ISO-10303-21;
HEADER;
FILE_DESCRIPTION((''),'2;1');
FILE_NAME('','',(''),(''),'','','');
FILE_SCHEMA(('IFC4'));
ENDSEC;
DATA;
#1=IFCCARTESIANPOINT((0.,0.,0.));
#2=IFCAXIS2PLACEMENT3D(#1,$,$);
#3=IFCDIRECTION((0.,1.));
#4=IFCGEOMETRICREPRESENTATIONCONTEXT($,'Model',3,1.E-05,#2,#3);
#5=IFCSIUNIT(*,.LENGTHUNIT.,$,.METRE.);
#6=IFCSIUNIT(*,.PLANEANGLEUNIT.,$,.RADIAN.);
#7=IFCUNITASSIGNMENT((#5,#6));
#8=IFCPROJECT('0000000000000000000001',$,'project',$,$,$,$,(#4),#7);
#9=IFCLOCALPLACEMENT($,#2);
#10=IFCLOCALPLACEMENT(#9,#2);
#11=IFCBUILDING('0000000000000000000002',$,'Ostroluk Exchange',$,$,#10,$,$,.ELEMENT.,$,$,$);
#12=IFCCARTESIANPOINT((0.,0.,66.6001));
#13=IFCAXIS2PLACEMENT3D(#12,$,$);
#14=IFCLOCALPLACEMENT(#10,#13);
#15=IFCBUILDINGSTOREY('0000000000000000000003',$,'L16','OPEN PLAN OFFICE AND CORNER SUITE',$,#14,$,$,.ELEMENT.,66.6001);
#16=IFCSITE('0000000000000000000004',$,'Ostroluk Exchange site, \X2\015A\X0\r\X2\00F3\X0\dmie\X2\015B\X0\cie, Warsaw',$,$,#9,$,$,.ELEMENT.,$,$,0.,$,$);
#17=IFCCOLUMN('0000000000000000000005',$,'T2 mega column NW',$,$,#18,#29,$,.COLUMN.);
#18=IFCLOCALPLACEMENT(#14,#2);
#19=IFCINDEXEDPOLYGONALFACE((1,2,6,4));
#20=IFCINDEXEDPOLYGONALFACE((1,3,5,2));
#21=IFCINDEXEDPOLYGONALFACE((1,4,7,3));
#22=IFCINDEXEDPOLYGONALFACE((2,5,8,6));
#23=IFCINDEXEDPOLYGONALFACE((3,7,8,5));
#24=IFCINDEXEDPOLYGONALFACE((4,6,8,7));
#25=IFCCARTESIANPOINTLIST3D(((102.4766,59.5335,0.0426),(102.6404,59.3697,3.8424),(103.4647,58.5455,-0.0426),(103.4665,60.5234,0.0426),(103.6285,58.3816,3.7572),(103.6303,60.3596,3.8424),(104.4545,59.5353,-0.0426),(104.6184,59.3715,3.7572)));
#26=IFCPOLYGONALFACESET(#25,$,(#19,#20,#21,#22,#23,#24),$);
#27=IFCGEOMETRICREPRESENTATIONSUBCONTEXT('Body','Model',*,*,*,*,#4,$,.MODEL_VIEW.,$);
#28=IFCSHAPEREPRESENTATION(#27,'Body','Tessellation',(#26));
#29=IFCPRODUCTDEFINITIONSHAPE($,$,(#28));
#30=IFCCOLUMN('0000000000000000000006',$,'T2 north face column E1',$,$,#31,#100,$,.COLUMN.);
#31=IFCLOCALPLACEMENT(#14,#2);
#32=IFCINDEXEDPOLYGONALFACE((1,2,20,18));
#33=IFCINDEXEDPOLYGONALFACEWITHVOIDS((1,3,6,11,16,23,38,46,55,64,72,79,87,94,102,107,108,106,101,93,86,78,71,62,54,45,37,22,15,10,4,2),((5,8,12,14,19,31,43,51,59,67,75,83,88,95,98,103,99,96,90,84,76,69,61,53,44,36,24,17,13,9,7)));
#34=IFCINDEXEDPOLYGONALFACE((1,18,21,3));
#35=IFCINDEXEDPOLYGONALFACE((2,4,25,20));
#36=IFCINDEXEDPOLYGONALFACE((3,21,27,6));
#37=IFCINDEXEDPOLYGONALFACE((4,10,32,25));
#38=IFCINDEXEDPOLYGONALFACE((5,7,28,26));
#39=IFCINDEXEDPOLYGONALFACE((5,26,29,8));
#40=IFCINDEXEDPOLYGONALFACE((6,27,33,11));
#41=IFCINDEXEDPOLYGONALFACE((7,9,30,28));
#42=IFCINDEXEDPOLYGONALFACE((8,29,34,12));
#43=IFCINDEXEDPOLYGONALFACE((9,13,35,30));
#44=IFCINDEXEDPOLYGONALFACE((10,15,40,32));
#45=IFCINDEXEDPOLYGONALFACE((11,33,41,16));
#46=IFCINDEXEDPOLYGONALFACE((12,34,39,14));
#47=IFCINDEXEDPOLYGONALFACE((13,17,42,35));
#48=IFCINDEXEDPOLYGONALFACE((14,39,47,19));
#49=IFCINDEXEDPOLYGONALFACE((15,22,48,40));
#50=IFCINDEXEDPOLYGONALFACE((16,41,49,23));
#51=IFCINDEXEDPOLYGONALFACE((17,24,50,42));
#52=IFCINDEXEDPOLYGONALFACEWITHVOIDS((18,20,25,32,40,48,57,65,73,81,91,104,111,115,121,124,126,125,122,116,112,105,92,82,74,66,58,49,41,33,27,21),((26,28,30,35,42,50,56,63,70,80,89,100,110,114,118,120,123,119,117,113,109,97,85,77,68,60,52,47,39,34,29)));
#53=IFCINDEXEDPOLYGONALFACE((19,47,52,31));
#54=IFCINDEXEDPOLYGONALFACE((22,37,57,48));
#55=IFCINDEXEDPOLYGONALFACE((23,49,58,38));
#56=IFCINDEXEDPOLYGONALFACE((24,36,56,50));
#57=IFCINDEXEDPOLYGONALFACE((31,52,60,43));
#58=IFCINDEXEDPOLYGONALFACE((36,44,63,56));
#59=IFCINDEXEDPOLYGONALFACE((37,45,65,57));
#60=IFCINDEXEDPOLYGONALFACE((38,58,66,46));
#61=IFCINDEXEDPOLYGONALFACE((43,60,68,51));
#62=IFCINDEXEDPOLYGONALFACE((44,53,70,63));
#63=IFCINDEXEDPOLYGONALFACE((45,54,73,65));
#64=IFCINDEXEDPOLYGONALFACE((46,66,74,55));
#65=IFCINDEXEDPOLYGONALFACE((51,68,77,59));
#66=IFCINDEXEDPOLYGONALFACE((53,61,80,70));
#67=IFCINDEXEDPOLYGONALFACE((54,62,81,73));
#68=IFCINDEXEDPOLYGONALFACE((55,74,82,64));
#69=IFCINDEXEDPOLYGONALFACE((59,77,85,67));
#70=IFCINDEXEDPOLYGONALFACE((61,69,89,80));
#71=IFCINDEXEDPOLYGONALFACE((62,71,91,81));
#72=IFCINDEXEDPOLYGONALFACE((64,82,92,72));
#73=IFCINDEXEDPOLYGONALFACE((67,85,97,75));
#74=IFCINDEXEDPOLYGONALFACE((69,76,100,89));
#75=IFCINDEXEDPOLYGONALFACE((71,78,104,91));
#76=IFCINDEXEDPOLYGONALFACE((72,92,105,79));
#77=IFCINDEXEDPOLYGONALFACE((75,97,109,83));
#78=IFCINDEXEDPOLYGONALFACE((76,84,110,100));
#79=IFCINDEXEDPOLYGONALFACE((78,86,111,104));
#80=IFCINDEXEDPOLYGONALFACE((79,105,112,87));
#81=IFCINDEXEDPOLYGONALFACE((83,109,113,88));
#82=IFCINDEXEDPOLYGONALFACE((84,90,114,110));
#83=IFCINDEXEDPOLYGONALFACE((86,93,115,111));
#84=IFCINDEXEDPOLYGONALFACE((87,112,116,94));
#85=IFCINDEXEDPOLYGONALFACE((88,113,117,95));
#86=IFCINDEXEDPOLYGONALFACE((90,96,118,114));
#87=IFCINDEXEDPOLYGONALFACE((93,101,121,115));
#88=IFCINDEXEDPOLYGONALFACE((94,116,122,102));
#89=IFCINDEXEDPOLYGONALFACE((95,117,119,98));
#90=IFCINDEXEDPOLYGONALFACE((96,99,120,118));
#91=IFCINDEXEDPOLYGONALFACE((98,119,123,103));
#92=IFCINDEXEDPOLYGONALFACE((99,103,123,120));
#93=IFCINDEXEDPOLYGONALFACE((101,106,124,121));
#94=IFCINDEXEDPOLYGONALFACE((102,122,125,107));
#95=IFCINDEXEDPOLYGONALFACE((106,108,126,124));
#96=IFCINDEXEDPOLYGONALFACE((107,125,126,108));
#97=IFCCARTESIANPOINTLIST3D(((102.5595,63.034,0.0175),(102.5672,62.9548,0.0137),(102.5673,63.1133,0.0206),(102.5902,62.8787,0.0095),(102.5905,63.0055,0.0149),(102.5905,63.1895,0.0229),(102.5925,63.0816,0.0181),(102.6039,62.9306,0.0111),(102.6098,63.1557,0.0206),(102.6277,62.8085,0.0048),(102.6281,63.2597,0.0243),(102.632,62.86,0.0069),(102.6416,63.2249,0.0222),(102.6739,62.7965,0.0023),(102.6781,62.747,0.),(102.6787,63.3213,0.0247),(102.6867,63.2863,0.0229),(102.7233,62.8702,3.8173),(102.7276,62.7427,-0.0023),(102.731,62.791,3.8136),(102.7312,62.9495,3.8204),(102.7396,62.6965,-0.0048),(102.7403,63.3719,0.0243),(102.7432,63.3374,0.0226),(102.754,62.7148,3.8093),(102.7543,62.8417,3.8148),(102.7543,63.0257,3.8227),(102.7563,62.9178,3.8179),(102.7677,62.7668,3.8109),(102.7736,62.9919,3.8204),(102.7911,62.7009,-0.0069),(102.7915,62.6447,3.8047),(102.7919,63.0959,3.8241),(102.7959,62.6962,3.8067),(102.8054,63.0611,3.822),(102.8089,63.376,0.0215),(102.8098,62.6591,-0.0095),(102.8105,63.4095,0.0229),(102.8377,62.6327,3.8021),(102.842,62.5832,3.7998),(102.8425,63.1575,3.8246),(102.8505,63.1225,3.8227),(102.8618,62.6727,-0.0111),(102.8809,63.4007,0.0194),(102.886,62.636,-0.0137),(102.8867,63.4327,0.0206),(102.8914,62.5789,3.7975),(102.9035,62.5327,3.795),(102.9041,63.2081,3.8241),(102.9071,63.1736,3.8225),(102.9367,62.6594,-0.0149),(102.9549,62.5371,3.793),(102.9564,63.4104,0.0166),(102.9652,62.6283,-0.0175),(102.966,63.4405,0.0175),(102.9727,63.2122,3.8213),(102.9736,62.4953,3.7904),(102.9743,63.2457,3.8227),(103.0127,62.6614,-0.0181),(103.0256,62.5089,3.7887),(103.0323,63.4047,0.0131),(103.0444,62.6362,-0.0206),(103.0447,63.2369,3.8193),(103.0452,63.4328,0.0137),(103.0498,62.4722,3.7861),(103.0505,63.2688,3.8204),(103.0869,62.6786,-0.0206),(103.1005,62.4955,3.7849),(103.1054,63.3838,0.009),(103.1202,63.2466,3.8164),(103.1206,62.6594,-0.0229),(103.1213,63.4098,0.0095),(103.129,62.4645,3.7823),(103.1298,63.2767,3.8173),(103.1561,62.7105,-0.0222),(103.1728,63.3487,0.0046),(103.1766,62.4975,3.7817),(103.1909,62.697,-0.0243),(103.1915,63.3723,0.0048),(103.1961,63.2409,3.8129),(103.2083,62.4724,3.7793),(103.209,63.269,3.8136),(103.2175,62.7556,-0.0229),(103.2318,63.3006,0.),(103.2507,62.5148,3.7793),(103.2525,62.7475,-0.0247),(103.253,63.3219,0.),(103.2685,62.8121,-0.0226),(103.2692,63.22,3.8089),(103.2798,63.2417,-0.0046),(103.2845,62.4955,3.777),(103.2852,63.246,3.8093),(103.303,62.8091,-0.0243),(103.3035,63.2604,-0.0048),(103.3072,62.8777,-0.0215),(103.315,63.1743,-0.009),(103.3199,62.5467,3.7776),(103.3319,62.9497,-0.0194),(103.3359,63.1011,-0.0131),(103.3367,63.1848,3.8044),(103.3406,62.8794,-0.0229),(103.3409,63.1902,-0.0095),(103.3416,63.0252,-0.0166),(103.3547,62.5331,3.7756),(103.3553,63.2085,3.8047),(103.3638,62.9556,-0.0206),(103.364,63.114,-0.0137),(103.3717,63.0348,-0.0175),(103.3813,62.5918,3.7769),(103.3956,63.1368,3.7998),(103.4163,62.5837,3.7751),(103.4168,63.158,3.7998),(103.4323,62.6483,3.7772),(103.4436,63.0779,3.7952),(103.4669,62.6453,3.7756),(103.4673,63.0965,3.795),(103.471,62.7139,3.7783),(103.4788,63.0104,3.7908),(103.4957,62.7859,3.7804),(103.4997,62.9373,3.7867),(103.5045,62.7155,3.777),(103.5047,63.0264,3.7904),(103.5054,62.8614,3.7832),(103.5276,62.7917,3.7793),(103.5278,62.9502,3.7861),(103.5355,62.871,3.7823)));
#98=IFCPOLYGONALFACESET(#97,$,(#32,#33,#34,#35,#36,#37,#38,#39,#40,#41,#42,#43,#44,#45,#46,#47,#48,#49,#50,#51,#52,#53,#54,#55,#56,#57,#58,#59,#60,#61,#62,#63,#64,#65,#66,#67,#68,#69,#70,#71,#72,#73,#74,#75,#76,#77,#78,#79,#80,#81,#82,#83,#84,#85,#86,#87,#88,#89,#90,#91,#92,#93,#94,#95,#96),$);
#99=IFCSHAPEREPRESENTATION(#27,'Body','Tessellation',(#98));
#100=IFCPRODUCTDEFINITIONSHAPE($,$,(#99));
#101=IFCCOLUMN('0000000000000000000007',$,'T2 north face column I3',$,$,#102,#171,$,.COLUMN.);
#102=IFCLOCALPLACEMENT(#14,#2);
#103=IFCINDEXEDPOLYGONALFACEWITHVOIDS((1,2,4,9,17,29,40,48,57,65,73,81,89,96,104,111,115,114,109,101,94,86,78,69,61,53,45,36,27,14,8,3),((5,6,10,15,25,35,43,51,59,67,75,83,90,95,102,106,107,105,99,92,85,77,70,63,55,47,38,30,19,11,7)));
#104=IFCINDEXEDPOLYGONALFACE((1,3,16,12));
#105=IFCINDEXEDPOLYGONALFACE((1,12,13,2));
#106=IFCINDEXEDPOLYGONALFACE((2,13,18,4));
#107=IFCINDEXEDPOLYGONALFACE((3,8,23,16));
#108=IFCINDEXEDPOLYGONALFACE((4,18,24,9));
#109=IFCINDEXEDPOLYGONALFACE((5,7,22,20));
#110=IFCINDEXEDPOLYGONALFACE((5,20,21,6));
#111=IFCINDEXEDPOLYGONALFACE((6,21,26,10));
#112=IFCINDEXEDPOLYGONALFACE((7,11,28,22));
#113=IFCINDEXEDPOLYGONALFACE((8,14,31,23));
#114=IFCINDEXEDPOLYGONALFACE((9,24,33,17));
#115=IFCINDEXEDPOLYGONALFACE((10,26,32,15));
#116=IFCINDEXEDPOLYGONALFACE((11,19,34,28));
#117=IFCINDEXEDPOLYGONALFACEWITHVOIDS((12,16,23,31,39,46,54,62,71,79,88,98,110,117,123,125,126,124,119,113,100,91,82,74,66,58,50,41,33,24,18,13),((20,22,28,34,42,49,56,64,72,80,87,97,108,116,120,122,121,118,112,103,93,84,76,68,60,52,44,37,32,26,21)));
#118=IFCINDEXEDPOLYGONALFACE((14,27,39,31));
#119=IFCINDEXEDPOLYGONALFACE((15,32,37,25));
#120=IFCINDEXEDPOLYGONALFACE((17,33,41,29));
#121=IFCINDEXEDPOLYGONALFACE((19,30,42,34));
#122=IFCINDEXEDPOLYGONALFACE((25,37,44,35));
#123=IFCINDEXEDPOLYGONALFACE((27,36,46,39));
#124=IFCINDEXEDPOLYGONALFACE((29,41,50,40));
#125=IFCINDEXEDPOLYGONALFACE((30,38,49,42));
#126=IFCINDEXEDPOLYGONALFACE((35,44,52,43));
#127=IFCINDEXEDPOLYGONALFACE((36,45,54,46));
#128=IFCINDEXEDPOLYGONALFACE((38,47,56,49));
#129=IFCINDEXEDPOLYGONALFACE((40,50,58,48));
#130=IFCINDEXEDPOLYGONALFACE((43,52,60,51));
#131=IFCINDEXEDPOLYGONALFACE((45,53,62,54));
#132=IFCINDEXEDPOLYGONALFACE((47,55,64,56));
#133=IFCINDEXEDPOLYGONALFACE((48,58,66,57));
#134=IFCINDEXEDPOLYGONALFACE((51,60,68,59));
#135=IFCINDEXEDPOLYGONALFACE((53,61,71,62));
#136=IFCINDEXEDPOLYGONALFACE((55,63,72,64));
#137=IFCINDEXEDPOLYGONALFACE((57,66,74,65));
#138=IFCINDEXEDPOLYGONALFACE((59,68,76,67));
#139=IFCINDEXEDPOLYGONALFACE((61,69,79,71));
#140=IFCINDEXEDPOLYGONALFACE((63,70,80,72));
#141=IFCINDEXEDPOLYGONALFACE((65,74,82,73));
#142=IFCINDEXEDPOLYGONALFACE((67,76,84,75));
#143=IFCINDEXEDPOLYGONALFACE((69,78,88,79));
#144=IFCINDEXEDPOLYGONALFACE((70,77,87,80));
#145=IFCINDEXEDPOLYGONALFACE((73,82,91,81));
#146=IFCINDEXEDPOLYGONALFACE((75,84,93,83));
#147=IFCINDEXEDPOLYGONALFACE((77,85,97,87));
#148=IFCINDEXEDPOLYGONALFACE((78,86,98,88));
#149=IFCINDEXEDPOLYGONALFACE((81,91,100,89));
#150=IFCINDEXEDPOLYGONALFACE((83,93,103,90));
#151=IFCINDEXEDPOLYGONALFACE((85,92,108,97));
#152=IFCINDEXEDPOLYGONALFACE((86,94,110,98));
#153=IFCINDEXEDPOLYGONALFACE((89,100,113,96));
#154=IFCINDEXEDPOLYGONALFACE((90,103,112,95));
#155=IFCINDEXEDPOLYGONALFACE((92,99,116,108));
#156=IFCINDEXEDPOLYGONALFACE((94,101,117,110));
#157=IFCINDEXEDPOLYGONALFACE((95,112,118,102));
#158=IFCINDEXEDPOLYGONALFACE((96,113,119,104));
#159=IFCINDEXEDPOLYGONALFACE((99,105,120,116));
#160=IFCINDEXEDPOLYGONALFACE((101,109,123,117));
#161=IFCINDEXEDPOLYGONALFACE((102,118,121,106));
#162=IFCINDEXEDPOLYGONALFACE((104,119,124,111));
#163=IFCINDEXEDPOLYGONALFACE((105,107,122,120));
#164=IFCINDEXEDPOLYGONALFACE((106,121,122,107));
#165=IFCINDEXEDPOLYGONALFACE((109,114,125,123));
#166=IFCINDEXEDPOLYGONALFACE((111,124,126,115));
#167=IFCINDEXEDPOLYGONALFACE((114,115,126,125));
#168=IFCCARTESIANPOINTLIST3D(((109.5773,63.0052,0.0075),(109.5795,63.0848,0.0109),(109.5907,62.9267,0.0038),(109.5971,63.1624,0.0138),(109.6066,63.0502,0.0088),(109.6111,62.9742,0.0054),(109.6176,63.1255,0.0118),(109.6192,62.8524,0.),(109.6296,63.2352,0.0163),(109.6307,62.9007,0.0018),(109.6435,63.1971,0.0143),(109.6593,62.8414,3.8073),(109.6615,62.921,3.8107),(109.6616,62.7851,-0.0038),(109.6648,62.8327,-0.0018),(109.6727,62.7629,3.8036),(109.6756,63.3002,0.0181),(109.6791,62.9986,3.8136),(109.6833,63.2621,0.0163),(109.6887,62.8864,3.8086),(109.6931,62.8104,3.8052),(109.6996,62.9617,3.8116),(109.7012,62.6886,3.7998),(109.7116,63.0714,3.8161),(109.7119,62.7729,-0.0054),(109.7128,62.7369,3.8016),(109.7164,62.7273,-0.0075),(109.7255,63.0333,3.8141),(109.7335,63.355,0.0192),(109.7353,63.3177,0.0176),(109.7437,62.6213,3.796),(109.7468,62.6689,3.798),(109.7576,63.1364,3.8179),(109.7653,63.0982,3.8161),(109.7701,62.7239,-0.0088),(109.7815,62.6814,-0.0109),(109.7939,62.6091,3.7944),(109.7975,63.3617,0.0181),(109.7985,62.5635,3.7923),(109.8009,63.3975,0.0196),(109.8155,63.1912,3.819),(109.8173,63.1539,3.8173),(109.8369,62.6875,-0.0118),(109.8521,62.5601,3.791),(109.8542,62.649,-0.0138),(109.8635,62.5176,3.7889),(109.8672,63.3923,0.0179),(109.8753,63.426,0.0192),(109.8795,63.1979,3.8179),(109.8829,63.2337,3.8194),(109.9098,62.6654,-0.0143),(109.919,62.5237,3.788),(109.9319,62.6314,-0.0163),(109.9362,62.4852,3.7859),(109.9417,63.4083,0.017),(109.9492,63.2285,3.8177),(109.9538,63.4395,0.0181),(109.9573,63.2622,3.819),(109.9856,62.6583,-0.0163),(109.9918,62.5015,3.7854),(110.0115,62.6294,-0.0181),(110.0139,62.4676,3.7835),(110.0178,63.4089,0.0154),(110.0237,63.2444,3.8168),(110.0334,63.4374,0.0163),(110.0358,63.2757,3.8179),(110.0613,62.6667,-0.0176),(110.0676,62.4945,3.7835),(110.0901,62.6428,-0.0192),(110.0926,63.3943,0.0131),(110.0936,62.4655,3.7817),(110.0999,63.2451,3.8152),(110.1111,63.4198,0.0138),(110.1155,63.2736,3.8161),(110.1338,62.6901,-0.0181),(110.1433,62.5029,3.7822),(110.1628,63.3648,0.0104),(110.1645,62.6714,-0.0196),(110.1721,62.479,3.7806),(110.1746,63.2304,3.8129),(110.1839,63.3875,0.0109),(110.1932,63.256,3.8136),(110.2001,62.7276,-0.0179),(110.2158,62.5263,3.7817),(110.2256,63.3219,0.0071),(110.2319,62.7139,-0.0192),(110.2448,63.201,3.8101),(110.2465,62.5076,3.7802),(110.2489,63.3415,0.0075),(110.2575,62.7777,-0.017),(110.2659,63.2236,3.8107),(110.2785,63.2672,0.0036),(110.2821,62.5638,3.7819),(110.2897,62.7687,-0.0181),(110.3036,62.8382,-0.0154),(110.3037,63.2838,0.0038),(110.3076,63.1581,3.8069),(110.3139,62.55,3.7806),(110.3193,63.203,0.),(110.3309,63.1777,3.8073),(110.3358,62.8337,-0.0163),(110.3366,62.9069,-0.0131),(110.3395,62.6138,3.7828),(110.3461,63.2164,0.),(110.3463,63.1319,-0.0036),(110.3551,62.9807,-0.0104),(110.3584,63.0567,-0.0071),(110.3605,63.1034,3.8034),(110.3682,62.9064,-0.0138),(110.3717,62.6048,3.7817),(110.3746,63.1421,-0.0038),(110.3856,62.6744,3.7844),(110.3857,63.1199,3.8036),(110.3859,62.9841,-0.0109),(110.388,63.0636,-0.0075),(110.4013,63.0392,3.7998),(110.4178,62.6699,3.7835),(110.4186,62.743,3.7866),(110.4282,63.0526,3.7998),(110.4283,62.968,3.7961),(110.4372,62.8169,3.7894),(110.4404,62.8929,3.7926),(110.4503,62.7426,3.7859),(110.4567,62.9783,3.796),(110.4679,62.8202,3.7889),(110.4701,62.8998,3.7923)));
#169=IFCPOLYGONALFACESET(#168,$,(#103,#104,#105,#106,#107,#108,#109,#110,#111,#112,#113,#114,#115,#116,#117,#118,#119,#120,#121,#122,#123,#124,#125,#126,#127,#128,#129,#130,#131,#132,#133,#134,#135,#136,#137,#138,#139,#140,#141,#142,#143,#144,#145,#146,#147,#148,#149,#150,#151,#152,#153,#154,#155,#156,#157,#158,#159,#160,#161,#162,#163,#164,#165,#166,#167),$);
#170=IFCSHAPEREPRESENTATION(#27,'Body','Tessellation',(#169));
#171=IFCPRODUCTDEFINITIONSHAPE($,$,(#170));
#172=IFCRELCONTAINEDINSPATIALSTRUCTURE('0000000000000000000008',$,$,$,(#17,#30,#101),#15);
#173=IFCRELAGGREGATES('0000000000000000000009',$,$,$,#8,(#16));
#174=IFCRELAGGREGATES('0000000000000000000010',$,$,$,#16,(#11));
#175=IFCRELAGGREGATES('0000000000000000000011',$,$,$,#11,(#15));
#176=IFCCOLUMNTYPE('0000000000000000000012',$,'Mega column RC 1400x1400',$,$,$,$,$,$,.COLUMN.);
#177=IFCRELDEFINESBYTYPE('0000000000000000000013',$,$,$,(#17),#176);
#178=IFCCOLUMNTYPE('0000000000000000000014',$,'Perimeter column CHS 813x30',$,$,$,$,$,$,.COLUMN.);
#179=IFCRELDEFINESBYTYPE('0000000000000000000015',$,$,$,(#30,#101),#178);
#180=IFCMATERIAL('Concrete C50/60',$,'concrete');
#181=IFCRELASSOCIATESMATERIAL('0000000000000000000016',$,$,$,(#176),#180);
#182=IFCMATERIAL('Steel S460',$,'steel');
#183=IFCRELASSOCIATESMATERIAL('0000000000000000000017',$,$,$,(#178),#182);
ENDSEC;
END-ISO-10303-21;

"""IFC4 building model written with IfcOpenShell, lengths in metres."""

from ifc_helpers import new_model, si_unit, direction, frame, origin, origin_2d, place, context, subcontext, project, spatial, rectangle, hollow_circle, extrude, material, material_profile, profile_set, type_object, element, save


model = new_model("IFC4")

# Units and contexts
model_context = context("Model", 3, precision=1e-05, world=origin(), true_north=direction((0.0, 1.0)))
body_context = subcontext(model_context, "Body", "Model", "MODEL_VIEW")
ifc_project = project(units=[si_unit("LENGTHUNIT", "METRE"), si_unit("PLANEANGLEUNIT", "RADIAN")], contexts=[model_context])

# Site, building, storey
site_placement = place(None, origin())
site = spatial("IfcSite", under=ifc_project, at=site_placement, Name="Ostroluk Exchange site, Śródmieście, Warsaw", CompositionType="ELEMENT", RefElevation=0.0)
building_placement = place(site_placement, origin())
building = spatial("IfcBuilding", under=site, at=building_placement, Name="Ostroluk Exchange", CompositionType="ELEMENT")
storey_placement = place(building_placement, frame((0.0, 0.0, 66.6001)))
storey = spatial("IfcBuildingStorey", under=building, at=storey_placement, Name="L16", Description="OPEN PLAN OFFICE AND CORNER SUITE", CompositionType="ELEMENT", Elevation=66.6001)

# Columns
ifc_material_1 = material(Name="Concrete C50/60", Category="concrete")
ifc_material_profile_1 = material_profile(ifc_material_1, rectangle(XDim=1.3999, YDim=1.3999, at=origin_2d()), Name="RC 1400x1400")
ifc_profile_set_1 = profile_set([ifc_material_profile_1], Name="Concrete C50/60")
column_type_1 = type_object("IfcColumnType", Name="Mega column RC 1400x1400", PredefinedType="COLUMN", material=ifc_profile_set_1)
column_1_placement = place(storey_placement, frame((103.4656, 59.5344, 0.0), z_axis=(0.043032, -0.043032, 0.998146), x_axis=(0.707107, 0.707107, 0.0)))
element("IfcColumn", 1, at=column_1_placement, inside=storey, type_object=column_type_1, Name="T2 mega column NW", PredefinedType="COLUMN", context=body_context, shape_type="SweptSolid", body=[
    extrude(rectangle(XDim=1.3999, YDim=1.3999, at=origin_2d()), origin(), (0.0, 0.0, 1.0), 3.8069),
])
ifc_material_2 = material(Name="Steel S460", Category="steel")
ifc_material_profile_2 = material_profile(ifc_material_2, hollow_circle(Radius=0.4065, WallThickness=0.03, at=origin_2d()), Name="CHS 813x30")
ifc_profile_set_2 = profile_set([ifc_material_profile_2], Name="Steel S460")
column_type_2 = type_object("IfcColumnType", Name="Perimeter column CHS 813x30", PredefinedType="COLUMN", material=ifc_profile_set_2)
column_2_placement = place(storey_placement, frame((102.9656, 63.0344, 0.0), z_axis=(0.043032, -0.043032, 0.998146), x_axis=(0.707107, 0.707107, 0.0)))
element("IfcColumn", 2, at=column_2_placement, inside=storey, type_object=column_type_2, Name="T2 north face column E1", PredefinedType="COLUMN", context=body_context, shape_type="SweptSolid", body=[
    extrude(hollow_circle(Radius=0.4065, WallThickness=0.03, at=origin_2d()), origin(), (0.0, 0.0, 1.0), 3.8069),
])
column_3_placement = place(storey_placement, frame((109.9827, 63.0344, 0.0), z_axis=(0.021563, -0.043062, 0.99884), x_axis=(0.894161, 0.447747, 0.0)))
element("IfcColumn", 3, at=column_3_placement, inside=storey, type_object=column_type_2, Name="T2 north face column I3", PredefinedType="COLUMN", context=body_context, shape_type="SweptSolid", body=[
    extrude(hollow_circle(Radius=0.4065, WallThickness=0.03, at=origin_2d()), origin(), (0.0, 0.0, 1.0), 3.8042),
])

save(model, "model.ifc")
